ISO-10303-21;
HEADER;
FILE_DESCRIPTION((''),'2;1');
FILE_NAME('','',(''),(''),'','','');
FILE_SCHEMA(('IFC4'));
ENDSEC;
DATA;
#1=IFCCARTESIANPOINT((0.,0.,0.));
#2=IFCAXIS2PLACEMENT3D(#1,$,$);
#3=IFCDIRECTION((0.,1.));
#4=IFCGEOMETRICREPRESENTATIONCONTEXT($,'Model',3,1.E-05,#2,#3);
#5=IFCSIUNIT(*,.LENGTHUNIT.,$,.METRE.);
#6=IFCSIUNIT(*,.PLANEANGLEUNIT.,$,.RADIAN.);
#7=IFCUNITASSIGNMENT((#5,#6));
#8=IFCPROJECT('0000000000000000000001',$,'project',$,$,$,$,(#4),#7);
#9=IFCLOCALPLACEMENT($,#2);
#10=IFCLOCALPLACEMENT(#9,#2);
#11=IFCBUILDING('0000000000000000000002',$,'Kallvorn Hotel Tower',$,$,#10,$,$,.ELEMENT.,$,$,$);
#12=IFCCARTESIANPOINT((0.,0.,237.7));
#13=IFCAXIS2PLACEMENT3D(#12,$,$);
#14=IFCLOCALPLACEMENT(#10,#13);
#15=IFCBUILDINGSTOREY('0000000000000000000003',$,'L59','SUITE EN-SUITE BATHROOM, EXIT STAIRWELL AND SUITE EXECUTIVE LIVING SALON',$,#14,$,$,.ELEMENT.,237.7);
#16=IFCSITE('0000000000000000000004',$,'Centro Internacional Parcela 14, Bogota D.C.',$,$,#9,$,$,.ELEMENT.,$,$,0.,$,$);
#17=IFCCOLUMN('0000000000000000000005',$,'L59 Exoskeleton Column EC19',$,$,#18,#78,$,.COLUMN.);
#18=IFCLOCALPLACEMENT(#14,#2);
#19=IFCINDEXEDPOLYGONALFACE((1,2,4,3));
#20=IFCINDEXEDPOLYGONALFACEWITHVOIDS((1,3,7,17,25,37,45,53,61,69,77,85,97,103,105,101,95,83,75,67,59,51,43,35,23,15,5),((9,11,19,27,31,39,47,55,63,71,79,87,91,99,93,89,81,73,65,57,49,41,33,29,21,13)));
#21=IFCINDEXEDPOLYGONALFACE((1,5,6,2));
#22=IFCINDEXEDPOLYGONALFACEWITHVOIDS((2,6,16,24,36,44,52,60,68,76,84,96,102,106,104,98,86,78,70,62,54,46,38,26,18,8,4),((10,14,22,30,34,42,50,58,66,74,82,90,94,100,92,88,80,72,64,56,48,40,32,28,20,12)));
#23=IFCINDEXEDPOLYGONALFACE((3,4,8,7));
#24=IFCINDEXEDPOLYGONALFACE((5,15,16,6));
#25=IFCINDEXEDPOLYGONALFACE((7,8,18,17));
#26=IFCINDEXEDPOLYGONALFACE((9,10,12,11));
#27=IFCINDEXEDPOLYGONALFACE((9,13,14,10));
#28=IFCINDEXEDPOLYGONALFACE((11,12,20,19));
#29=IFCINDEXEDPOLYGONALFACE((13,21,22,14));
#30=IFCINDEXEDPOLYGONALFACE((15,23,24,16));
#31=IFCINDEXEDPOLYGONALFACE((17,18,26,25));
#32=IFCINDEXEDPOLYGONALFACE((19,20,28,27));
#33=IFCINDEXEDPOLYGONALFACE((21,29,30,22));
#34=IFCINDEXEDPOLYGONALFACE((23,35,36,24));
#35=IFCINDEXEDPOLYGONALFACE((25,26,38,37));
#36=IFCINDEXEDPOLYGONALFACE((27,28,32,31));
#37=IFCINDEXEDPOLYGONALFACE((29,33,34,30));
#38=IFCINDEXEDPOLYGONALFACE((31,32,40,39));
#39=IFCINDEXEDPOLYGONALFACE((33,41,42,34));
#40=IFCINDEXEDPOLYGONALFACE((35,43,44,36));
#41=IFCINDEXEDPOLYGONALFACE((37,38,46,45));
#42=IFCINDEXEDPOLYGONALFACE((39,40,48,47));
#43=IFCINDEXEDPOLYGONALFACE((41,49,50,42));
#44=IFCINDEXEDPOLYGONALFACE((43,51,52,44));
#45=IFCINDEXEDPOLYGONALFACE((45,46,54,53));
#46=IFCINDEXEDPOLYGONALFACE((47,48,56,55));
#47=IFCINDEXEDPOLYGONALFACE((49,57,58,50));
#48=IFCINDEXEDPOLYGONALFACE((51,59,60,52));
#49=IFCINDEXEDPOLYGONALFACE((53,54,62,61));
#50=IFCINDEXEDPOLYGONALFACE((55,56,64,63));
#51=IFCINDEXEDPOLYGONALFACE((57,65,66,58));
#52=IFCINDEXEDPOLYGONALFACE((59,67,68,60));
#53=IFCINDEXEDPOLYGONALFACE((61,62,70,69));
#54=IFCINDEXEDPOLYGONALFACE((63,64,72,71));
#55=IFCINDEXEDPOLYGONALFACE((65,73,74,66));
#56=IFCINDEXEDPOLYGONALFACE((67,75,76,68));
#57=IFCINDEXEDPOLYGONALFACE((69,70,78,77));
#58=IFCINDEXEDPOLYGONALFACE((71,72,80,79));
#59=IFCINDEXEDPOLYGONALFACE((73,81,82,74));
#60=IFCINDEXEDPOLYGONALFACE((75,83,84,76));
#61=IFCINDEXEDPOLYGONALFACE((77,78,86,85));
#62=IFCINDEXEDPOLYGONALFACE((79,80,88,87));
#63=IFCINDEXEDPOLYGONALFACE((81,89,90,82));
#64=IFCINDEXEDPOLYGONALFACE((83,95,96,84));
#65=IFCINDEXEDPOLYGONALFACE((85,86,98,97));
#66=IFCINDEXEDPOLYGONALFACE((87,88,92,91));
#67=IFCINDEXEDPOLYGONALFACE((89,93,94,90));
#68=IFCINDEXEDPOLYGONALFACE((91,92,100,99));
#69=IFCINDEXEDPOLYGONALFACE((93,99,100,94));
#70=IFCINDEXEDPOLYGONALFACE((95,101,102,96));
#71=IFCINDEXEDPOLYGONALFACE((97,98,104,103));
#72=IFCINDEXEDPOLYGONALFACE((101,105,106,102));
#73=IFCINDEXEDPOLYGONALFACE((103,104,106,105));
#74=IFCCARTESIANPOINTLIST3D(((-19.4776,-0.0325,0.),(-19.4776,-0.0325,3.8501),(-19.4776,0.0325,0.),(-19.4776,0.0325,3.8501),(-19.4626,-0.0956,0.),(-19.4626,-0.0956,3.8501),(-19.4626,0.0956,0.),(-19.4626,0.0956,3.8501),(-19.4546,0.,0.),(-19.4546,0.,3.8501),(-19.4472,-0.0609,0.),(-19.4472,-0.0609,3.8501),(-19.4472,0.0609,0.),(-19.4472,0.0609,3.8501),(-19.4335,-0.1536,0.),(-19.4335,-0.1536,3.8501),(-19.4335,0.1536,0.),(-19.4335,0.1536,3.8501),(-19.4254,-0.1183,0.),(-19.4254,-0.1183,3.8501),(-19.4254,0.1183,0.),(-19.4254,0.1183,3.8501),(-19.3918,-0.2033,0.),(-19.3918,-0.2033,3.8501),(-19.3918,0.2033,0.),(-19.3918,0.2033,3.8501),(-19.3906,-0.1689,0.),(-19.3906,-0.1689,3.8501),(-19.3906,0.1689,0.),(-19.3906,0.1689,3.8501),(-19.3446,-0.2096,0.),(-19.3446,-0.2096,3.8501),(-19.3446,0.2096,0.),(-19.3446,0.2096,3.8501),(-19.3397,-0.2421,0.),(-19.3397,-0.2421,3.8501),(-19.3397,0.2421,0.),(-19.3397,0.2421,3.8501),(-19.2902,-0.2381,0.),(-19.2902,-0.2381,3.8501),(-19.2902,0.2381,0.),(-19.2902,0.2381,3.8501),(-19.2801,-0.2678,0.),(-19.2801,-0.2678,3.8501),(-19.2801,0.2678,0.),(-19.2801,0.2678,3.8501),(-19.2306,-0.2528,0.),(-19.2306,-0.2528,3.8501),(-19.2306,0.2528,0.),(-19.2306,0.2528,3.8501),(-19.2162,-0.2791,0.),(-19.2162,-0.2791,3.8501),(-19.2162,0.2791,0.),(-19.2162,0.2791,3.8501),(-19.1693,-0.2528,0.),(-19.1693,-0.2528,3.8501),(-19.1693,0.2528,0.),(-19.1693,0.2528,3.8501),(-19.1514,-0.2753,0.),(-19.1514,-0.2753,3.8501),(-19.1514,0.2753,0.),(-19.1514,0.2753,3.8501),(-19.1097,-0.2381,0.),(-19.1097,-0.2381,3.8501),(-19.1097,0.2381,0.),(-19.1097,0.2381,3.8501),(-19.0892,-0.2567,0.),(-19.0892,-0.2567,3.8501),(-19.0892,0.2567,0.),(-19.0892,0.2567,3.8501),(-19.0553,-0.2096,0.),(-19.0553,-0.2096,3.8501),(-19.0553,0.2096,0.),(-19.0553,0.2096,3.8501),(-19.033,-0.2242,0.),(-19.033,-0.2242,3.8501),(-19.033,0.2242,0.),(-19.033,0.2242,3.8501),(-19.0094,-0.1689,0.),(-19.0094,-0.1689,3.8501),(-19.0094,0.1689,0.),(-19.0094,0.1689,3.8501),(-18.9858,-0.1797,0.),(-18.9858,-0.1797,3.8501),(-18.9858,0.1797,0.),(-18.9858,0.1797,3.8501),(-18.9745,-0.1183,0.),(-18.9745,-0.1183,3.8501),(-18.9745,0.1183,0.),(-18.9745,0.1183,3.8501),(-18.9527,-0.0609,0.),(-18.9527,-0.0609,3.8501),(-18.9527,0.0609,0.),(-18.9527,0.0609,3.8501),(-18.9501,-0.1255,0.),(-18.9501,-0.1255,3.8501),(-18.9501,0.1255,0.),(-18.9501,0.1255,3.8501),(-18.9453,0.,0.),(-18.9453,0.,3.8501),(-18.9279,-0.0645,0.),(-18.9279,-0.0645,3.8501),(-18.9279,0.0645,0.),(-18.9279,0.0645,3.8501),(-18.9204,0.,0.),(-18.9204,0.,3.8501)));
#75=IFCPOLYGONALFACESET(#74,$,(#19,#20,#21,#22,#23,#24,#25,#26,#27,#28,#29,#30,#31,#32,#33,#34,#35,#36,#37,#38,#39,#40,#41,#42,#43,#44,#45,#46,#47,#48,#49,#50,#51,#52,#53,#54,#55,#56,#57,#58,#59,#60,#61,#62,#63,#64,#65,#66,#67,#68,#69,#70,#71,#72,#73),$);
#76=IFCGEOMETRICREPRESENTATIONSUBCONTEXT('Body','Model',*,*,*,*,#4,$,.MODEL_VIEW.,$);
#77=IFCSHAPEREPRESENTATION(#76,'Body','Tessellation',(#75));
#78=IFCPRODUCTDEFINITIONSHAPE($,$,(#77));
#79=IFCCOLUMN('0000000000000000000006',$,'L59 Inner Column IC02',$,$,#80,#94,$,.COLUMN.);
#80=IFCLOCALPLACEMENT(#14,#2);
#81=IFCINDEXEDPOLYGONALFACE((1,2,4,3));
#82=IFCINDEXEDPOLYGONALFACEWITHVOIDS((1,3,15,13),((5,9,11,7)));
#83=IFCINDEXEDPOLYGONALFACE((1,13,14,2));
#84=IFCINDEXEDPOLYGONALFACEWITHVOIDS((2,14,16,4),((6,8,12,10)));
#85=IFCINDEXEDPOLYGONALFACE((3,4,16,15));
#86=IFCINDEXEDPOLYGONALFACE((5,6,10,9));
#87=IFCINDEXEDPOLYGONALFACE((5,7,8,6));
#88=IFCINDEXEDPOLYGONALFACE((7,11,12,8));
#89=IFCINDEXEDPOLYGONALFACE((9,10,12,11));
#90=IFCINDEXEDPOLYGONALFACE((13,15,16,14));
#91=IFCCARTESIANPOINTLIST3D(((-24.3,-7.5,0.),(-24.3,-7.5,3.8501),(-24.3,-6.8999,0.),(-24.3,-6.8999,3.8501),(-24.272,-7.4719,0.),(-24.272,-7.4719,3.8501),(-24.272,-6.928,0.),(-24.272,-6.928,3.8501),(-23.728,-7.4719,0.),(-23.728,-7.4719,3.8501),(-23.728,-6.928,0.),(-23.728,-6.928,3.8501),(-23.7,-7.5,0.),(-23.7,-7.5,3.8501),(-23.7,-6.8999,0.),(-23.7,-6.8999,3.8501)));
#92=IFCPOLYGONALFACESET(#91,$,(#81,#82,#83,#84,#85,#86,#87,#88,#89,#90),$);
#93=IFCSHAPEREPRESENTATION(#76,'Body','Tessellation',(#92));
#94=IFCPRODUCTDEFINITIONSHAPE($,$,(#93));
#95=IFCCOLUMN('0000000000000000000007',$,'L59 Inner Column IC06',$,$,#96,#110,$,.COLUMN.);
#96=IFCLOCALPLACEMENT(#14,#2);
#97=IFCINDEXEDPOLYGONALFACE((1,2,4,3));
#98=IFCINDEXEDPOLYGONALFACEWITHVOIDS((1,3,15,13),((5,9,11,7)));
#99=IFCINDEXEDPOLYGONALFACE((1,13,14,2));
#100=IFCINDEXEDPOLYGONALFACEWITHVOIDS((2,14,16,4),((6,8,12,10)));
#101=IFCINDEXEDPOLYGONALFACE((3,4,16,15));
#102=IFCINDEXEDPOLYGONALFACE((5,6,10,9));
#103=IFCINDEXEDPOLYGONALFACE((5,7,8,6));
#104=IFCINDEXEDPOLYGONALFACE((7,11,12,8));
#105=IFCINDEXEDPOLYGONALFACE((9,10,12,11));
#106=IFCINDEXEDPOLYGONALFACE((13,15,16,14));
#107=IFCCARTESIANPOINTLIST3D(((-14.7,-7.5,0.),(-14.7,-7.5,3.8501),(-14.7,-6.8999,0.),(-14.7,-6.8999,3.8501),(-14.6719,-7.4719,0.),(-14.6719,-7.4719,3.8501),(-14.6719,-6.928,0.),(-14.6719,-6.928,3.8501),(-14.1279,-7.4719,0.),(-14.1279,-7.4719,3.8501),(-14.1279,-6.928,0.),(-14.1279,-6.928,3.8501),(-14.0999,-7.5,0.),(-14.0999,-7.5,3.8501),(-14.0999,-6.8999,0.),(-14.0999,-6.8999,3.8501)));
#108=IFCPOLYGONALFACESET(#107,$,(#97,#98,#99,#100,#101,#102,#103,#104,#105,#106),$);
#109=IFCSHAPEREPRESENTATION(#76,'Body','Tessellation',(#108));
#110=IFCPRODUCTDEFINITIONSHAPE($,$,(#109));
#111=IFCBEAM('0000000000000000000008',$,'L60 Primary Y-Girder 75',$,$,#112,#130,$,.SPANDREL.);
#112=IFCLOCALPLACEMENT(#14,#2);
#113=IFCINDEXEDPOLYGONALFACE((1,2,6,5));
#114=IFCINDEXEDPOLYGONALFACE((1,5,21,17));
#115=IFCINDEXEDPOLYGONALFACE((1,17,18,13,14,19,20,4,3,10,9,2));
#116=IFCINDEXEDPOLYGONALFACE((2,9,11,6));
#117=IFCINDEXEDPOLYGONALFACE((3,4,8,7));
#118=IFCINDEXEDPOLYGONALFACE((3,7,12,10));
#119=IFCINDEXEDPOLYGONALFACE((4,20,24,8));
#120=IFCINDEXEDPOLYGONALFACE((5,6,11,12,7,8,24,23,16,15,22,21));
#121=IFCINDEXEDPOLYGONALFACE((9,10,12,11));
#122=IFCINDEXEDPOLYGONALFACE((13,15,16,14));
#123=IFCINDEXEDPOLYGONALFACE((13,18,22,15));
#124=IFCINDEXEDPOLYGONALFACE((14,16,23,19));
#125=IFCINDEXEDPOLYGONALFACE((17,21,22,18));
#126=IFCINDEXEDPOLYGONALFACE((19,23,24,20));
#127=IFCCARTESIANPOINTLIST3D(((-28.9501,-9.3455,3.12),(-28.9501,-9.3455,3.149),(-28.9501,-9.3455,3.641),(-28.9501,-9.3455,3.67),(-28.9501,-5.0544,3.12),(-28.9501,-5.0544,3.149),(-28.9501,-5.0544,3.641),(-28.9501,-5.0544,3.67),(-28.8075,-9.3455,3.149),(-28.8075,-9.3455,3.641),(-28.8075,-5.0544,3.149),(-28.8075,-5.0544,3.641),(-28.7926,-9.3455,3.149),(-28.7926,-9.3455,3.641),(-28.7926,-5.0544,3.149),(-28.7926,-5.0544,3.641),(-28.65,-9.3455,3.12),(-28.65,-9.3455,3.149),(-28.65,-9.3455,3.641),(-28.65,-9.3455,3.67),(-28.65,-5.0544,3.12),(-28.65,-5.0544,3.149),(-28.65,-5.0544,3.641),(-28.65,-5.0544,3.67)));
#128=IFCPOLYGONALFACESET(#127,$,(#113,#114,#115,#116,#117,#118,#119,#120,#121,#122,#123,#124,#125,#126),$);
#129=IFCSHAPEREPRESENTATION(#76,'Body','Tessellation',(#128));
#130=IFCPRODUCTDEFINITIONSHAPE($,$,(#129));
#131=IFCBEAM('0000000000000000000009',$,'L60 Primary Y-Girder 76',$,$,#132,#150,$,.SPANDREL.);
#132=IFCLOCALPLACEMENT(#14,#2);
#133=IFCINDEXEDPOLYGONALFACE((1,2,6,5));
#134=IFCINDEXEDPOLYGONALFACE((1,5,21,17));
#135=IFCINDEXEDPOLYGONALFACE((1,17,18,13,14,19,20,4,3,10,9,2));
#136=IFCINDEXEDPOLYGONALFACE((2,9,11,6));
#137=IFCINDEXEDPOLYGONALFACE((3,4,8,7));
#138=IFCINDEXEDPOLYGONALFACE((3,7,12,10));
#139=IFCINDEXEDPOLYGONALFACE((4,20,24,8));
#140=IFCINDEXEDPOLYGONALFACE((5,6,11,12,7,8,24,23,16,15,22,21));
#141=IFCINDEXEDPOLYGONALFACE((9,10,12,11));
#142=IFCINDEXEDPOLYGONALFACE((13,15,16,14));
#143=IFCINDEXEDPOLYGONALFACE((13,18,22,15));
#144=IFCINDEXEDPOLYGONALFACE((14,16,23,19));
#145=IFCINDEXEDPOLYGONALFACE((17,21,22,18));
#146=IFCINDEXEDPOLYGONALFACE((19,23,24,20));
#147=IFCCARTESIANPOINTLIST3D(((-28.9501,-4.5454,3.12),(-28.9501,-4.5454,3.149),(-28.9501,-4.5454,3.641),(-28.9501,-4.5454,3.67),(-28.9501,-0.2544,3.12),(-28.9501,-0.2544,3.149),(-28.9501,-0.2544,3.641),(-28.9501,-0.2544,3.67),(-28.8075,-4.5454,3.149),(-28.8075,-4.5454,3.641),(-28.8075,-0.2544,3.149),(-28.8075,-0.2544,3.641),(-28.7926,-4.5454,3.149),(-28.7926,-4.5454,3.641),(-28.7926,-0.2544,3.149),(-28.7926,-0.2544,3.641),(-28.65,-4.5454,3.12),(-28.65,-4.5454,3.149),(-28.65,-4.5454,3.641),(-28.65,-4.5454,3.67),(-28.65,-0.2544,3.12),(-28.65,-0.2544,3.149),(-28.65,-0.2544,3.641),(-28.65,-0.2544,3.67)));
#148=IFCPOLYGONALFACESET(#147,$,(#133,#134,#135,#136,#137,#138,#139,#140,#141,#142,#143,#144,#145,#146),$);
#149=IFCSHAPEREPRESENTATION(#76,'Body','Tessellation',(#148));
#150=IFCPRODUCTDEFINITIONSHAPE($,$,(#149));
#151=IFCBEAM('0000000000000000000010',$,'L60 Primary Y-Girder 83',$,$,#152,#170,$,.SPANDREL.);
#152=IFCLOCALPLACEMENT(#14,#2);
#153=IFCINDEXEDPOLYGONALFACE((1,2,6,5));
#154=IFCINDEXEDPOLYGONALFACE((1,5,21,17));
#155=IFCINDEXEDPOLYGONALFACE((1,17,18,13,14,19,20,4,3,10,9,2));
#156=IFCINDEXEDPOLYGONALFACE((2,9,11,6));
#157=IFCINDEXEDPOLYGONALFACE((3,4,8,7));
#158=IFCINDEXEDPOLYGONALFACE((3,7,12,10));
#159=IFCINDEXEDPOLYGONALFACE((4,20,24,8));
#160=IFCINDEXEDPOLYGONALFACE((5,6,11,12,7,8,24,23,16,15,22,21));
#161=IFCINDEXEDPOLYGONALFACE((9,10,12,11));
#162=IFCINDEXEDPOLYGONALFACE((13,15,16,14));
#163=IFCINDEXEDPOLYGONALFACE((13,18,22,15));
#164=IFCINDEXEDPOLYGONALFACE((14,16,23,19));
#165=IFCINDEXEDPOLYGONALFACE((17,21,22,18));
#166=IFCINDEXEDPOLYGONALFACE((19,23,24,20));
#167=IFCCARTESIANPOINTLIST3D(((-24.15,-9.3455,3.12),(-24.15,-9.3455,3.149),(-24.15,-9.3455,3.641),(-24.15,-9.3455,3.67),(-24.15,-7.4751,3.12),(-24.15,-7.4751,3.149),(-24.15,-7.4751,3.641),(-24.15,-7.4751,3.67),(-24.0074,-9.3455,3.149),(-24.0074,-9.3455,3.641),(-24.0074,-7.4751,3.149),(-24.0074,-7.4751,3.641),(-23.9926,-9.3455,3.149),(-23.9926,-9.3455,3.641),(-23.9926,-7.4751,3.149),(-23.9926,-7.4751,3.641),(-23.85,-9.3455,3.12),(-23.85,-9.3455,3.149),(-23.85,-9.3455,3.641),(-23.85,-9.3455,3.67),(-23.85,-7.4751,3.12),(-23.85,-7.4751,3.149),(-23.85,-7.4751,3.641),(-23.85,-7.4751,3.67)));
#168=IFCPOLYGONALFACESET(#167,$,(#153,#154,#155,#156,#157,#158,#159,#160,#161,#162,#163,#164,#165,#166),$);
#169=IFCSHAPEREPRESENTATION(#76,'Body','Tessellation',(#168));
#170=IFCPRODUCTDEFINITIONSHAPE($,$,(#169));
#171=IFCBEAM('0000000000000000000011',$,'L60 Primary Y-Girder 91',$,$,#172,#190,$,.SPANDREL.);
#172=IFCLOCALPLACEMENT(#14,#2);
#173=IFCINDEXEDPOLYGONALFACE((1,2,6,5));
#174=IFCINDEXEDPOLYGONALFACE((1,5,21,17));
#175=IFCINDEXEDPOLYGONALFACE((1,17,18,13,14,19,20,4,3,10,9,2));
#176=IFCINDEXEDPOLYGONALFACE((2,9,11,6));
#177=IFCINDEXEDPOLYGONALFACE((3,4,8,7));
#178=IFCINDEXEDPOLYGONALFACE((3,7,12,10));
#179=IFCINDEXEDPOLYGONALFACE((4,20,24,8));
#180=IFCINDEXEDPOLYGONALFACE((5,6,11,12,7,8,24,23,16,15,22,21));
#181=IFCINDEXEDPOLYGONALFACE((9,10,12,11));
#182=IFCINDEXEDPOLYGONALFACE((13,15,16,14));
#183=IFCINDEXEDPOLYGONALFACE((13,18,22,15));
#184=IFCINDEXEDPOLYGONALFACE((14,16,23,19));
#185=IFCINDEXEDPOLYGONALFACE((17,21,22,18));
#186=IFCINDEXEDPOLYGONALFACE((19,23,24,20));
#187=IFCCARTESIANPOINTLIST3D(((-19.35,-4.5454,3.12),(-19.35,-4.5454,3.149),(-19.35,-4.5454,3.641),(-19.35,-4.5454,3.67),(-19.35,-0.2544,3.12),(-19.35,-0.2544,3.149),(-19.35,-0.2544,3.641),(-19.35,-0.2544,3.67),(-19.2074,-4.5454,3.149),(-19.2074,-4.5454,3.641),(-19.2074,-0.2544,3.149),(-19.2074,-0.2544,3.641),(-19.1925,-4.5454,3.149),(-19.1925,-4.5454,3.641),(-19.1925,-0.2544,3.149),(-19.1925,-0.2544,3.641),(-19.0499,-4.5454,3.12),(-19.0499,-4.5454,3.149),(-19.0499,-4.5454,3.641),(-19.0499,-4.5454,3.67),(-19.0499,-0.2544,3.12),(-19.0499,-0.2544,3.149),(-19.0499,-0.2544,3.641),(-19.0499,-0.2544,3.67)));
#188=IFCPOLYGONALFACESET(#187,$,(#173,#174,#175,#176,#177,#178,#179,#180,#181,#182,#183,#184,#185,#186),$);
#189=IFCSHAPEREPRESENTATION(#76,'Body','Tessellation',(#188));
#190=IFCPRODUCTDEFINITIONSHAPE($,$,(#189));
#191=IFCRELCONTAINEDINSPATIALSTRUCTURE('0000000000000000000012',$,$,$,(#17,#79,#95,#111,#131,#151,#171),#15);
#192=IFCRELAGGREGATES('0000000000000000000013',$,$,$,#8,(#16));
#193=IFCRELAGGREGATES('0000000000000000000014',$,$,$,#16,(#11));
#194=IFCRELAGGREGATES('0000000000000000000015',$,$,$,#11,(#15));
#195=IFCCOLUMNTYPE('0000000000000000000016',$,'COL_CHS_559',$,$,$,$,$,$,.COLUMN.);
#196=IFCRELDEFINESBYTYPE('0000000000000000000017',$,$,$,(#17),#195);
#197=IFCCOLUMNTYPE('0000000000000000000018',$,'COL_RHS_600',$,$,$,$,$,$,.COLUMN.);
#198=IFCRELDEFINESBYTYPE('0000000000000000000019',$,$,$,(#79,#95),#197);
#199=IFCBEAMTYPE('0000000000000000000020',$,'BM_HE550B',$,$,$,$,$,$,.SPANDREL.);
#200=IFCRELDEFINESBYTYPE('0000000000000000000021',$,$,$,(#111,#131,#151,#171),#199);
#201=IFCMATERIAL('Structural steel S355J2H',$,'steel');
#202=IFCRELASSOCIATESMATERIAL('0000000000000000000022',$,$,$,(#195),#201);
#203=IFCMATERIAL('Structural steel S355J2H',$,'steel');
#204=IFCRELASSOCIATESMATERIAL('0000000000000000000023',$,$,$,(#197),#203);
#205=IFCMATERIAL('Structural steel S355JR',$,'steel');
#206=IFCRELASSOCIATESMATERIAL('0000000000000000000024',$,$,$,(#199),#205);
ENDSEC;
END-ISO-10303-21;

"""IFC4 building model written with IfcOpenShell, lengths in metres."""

from ifc_helpers import new_model, si_unit, direction, frame, origin, origin_2d, place, context, subcontext, project, spatial, hollow_rectangle, hollow_circle, i_section, extrude, material, material_profile, profile_set, type_object, element, save


model = new_model("IFC4")

# Units and contexts
model_context = context("Model", 3, precision=1e-05, world=origin(), true_north=direction((0.0, 1.0)))
body_context = subcontext(model_context, "Body", "Model", "MODEL_VIEW")
ifc_project = project(units=[si_unit("LENGTHUNIT", "METRE"), si_unit("PLANEANGLEUNIT", "RADIAN")], contexts=[model_context])

# Site, building, storey
site_placement = place(None, origin())
site = spatial("IfcSite", under=ifc_project, at=site_placement, Name="Centro Internacional Parcela 14, Bogota D.C.", CompositionType="ELEMENT", RefElevation=0.0)
building_placement = place(site_placement, origin())
building = spatial("IfcBuilding", under=site, at=building_placement, Name="Kallvorn Hotel Tower", CompositionType="ELEMENT")
storey_placement = place(building_placement, frame((0.0, 0.0, 237.7)))
storey = spatial("IfcBuildingStorey", under=building, at=storey_placement, Name="L59", Description="SUITE EN-SUITE BATHROOM, EXIT STAIRWELL AND SUITE EXECUTIVE LIVING SALON", CompositionType="ELEMENT", Elevation=237.7)

# Columns
ifc_material_1 = material(Name="Structural steel S355J2H", Category="steel")
ifc_material_profile_1 = material_profile(ifc_material_1, hollow_circle(Radius=0.2795, WallThickness=0.0249, at=origin_2d()), Name="CHS 559x25")
ifc_profile_set_1 = profile_set([ifc_material_profile_1], Name="Structural steel S355J2H")
column_type_1 = type_object("IfcColumnType", Name="COL_CHS_559", PredefinedType="COLUMN", material=ifc_profile_set_1)
for number, where, z_axis, x_axis, name in (
    (1, (-19.2, 0.0, 0.0), (0.0, 0.0, 1.0), (1.0, 0.0, 0.0), "L59 Exoskeleton Column EC19"),
):
    element("IfcColumn", number, at=place(storey_placement, frame(where, z_axis=z_axis, x_axis=x_axis)), inside=storey, type_object=column_type_1, Name=name, PredefinedType="COLUMN", context=body_context, shape_type="SweptSolid", body=[
        extrude(hollow_circle(Radius=0.2795, WallThickness=0.0249, at=origin_2d()), origin(), (0.0, 0.0, 1.0), 3.8501),
    ])
ifc_material_2 = material(Name="Structural steel S355J2H", Category="steel")
ifc_material_profile_2 = material_profile(ifc_material_2, hollow_rectangle(XDim=0.6001, YDim=0.6001, WallThickness=0.0281, at=origin_2d()), Name="RHS 600x600x28")
ifc_profile_set_2 = profile_set([ifc_material_profile_2], Name="Structural steel S355J2H")
column_type_2 = type_object("IfcColumnType", Name="COL_RHS_600", PredefinedType="COLUMN", material=ifc_profile_set_2)
for number, where, z_axis, x_axis, name in (
    (2, (-24.0, -7.2, 0.0), (0.0, 0.0, 1.0), (1.0, 0.0, 0.0), "L59 Inner Column IC02"),
    (3, (-14.3999, -7.2, 0.0), (0.0, 0.0, 1.0), (1.0, 0.0, 0.0), "L59 Inner Column IC06"),
):
    element("IfcColumn", number, at=place(storey_placement, frame(where, z_axis=z_axis, x_axis=x_axis)), inside=storey, type_object=column_type_2, Name=name, PredefinedType="COLUMN", context=body_context, shape_type="SweptSolid", body=[
        extrude(hollow_rectangle(XDim=0.6001, YDim=0.6001, WallThickness=0.0281, at=origin_2d()), origin(), (0.0, 0.0, 1.0), 3.8501),
    ])

# Beams
ifc_material_3 = material(Name="Structural steel S355JR", Category="steel")
ifc_material_profile_3 = material_profile(ifc_material_3, i_section(OverallWidth=0.3, OverallDepth=0.55, WebThickness=0.0149, FlangeThickness=0.0291, at=origin_2d()), Name="HE 550 B")
ifc_profile_set_3 = profile_set([ifc_material_profile_3], Name="Structural steel S355JR")
beam_type_1 = type_object("IfcBeamType", Name="BM_HE550B", PredefinedType="SPANDREL", material=ifc_profile_set_3)
for number, where, z_axis, x_axis, name in (
    (4, (-28.8, -9.3455, 3.395), (0.0, 1.0, 0.0), (-1.0, 0.0, 0.0), "L60 Primary Y-Girder 75"),
    (5, (-28.8, -4.5454, 3.395), (0.0, 1.0, 0.0), (-1.0, 0.0, 0.0), "L60 Primary Y-Girder 76"),
):
    element("IfcBeam", number, at=place(storey_placement, frame(where, z_axis=z_axis, x_axis=x_axis)), inside=storey, type_object=beam_type_1, Name=name, PredefinedType="SPANDREL", context=body_context, shape_type="SweptSolid", body=[
        extrude(i_section(OverallWidth=0.3, OverallDepth=0.55, WebThickness=0.0149, FlangeThickness=0.0291, at=origin_2d()), origin(), (0.0, 0.0, 1.0), 4.291),
    ])
beam_1_placement = place(storey_placement, frame((-24.0, -9.3455, 3.395), z_axis=(0.0, 1.0, 0.0), x_axis=(-1.0, 0.0, 0.0)))
element("IfcBeam", 6, at=beam_1_placement, inside=storey, type_object=beam_type_1, Name="L60 Primary Y-Girder 83", PredefinedType="SPANDREL", context=body_context, shape_type="SweptSolid", body=[
    extrude(i_section(OverallWidth=0.3, OverallDepth=0.55, WebThickness=0.0149, FlangeThickness=0.0291, at=origin_2d()), origin(), (0.0, 0.0, 1.0), 1.8704),
])
beam_2_placement = place(storey_placement, frame((-19.2, -4.5454, 3.395), z_axis=(0.0, 1.0, 0.0), x_axis=(-1.0, 0.0, 0.0)))
element("IfcBeam", 7, at=beam_2_placement, inside=storey, type_object=beam_type_1, Name="L60 Primary Y-Girder 91", PredefinedType="SPANDREL", context=body_context, shape_type="SweptSolid", body=[
    extrude(i_section(OverallWidth=0.3, OverallDepth=0.55, WebThickness=0.0149, FlangeThickness=0.0291, at=origin_2d()), origin(), (0.0, 0.0, 1.0), 4.291),
])

save(model, "model.ifc")
